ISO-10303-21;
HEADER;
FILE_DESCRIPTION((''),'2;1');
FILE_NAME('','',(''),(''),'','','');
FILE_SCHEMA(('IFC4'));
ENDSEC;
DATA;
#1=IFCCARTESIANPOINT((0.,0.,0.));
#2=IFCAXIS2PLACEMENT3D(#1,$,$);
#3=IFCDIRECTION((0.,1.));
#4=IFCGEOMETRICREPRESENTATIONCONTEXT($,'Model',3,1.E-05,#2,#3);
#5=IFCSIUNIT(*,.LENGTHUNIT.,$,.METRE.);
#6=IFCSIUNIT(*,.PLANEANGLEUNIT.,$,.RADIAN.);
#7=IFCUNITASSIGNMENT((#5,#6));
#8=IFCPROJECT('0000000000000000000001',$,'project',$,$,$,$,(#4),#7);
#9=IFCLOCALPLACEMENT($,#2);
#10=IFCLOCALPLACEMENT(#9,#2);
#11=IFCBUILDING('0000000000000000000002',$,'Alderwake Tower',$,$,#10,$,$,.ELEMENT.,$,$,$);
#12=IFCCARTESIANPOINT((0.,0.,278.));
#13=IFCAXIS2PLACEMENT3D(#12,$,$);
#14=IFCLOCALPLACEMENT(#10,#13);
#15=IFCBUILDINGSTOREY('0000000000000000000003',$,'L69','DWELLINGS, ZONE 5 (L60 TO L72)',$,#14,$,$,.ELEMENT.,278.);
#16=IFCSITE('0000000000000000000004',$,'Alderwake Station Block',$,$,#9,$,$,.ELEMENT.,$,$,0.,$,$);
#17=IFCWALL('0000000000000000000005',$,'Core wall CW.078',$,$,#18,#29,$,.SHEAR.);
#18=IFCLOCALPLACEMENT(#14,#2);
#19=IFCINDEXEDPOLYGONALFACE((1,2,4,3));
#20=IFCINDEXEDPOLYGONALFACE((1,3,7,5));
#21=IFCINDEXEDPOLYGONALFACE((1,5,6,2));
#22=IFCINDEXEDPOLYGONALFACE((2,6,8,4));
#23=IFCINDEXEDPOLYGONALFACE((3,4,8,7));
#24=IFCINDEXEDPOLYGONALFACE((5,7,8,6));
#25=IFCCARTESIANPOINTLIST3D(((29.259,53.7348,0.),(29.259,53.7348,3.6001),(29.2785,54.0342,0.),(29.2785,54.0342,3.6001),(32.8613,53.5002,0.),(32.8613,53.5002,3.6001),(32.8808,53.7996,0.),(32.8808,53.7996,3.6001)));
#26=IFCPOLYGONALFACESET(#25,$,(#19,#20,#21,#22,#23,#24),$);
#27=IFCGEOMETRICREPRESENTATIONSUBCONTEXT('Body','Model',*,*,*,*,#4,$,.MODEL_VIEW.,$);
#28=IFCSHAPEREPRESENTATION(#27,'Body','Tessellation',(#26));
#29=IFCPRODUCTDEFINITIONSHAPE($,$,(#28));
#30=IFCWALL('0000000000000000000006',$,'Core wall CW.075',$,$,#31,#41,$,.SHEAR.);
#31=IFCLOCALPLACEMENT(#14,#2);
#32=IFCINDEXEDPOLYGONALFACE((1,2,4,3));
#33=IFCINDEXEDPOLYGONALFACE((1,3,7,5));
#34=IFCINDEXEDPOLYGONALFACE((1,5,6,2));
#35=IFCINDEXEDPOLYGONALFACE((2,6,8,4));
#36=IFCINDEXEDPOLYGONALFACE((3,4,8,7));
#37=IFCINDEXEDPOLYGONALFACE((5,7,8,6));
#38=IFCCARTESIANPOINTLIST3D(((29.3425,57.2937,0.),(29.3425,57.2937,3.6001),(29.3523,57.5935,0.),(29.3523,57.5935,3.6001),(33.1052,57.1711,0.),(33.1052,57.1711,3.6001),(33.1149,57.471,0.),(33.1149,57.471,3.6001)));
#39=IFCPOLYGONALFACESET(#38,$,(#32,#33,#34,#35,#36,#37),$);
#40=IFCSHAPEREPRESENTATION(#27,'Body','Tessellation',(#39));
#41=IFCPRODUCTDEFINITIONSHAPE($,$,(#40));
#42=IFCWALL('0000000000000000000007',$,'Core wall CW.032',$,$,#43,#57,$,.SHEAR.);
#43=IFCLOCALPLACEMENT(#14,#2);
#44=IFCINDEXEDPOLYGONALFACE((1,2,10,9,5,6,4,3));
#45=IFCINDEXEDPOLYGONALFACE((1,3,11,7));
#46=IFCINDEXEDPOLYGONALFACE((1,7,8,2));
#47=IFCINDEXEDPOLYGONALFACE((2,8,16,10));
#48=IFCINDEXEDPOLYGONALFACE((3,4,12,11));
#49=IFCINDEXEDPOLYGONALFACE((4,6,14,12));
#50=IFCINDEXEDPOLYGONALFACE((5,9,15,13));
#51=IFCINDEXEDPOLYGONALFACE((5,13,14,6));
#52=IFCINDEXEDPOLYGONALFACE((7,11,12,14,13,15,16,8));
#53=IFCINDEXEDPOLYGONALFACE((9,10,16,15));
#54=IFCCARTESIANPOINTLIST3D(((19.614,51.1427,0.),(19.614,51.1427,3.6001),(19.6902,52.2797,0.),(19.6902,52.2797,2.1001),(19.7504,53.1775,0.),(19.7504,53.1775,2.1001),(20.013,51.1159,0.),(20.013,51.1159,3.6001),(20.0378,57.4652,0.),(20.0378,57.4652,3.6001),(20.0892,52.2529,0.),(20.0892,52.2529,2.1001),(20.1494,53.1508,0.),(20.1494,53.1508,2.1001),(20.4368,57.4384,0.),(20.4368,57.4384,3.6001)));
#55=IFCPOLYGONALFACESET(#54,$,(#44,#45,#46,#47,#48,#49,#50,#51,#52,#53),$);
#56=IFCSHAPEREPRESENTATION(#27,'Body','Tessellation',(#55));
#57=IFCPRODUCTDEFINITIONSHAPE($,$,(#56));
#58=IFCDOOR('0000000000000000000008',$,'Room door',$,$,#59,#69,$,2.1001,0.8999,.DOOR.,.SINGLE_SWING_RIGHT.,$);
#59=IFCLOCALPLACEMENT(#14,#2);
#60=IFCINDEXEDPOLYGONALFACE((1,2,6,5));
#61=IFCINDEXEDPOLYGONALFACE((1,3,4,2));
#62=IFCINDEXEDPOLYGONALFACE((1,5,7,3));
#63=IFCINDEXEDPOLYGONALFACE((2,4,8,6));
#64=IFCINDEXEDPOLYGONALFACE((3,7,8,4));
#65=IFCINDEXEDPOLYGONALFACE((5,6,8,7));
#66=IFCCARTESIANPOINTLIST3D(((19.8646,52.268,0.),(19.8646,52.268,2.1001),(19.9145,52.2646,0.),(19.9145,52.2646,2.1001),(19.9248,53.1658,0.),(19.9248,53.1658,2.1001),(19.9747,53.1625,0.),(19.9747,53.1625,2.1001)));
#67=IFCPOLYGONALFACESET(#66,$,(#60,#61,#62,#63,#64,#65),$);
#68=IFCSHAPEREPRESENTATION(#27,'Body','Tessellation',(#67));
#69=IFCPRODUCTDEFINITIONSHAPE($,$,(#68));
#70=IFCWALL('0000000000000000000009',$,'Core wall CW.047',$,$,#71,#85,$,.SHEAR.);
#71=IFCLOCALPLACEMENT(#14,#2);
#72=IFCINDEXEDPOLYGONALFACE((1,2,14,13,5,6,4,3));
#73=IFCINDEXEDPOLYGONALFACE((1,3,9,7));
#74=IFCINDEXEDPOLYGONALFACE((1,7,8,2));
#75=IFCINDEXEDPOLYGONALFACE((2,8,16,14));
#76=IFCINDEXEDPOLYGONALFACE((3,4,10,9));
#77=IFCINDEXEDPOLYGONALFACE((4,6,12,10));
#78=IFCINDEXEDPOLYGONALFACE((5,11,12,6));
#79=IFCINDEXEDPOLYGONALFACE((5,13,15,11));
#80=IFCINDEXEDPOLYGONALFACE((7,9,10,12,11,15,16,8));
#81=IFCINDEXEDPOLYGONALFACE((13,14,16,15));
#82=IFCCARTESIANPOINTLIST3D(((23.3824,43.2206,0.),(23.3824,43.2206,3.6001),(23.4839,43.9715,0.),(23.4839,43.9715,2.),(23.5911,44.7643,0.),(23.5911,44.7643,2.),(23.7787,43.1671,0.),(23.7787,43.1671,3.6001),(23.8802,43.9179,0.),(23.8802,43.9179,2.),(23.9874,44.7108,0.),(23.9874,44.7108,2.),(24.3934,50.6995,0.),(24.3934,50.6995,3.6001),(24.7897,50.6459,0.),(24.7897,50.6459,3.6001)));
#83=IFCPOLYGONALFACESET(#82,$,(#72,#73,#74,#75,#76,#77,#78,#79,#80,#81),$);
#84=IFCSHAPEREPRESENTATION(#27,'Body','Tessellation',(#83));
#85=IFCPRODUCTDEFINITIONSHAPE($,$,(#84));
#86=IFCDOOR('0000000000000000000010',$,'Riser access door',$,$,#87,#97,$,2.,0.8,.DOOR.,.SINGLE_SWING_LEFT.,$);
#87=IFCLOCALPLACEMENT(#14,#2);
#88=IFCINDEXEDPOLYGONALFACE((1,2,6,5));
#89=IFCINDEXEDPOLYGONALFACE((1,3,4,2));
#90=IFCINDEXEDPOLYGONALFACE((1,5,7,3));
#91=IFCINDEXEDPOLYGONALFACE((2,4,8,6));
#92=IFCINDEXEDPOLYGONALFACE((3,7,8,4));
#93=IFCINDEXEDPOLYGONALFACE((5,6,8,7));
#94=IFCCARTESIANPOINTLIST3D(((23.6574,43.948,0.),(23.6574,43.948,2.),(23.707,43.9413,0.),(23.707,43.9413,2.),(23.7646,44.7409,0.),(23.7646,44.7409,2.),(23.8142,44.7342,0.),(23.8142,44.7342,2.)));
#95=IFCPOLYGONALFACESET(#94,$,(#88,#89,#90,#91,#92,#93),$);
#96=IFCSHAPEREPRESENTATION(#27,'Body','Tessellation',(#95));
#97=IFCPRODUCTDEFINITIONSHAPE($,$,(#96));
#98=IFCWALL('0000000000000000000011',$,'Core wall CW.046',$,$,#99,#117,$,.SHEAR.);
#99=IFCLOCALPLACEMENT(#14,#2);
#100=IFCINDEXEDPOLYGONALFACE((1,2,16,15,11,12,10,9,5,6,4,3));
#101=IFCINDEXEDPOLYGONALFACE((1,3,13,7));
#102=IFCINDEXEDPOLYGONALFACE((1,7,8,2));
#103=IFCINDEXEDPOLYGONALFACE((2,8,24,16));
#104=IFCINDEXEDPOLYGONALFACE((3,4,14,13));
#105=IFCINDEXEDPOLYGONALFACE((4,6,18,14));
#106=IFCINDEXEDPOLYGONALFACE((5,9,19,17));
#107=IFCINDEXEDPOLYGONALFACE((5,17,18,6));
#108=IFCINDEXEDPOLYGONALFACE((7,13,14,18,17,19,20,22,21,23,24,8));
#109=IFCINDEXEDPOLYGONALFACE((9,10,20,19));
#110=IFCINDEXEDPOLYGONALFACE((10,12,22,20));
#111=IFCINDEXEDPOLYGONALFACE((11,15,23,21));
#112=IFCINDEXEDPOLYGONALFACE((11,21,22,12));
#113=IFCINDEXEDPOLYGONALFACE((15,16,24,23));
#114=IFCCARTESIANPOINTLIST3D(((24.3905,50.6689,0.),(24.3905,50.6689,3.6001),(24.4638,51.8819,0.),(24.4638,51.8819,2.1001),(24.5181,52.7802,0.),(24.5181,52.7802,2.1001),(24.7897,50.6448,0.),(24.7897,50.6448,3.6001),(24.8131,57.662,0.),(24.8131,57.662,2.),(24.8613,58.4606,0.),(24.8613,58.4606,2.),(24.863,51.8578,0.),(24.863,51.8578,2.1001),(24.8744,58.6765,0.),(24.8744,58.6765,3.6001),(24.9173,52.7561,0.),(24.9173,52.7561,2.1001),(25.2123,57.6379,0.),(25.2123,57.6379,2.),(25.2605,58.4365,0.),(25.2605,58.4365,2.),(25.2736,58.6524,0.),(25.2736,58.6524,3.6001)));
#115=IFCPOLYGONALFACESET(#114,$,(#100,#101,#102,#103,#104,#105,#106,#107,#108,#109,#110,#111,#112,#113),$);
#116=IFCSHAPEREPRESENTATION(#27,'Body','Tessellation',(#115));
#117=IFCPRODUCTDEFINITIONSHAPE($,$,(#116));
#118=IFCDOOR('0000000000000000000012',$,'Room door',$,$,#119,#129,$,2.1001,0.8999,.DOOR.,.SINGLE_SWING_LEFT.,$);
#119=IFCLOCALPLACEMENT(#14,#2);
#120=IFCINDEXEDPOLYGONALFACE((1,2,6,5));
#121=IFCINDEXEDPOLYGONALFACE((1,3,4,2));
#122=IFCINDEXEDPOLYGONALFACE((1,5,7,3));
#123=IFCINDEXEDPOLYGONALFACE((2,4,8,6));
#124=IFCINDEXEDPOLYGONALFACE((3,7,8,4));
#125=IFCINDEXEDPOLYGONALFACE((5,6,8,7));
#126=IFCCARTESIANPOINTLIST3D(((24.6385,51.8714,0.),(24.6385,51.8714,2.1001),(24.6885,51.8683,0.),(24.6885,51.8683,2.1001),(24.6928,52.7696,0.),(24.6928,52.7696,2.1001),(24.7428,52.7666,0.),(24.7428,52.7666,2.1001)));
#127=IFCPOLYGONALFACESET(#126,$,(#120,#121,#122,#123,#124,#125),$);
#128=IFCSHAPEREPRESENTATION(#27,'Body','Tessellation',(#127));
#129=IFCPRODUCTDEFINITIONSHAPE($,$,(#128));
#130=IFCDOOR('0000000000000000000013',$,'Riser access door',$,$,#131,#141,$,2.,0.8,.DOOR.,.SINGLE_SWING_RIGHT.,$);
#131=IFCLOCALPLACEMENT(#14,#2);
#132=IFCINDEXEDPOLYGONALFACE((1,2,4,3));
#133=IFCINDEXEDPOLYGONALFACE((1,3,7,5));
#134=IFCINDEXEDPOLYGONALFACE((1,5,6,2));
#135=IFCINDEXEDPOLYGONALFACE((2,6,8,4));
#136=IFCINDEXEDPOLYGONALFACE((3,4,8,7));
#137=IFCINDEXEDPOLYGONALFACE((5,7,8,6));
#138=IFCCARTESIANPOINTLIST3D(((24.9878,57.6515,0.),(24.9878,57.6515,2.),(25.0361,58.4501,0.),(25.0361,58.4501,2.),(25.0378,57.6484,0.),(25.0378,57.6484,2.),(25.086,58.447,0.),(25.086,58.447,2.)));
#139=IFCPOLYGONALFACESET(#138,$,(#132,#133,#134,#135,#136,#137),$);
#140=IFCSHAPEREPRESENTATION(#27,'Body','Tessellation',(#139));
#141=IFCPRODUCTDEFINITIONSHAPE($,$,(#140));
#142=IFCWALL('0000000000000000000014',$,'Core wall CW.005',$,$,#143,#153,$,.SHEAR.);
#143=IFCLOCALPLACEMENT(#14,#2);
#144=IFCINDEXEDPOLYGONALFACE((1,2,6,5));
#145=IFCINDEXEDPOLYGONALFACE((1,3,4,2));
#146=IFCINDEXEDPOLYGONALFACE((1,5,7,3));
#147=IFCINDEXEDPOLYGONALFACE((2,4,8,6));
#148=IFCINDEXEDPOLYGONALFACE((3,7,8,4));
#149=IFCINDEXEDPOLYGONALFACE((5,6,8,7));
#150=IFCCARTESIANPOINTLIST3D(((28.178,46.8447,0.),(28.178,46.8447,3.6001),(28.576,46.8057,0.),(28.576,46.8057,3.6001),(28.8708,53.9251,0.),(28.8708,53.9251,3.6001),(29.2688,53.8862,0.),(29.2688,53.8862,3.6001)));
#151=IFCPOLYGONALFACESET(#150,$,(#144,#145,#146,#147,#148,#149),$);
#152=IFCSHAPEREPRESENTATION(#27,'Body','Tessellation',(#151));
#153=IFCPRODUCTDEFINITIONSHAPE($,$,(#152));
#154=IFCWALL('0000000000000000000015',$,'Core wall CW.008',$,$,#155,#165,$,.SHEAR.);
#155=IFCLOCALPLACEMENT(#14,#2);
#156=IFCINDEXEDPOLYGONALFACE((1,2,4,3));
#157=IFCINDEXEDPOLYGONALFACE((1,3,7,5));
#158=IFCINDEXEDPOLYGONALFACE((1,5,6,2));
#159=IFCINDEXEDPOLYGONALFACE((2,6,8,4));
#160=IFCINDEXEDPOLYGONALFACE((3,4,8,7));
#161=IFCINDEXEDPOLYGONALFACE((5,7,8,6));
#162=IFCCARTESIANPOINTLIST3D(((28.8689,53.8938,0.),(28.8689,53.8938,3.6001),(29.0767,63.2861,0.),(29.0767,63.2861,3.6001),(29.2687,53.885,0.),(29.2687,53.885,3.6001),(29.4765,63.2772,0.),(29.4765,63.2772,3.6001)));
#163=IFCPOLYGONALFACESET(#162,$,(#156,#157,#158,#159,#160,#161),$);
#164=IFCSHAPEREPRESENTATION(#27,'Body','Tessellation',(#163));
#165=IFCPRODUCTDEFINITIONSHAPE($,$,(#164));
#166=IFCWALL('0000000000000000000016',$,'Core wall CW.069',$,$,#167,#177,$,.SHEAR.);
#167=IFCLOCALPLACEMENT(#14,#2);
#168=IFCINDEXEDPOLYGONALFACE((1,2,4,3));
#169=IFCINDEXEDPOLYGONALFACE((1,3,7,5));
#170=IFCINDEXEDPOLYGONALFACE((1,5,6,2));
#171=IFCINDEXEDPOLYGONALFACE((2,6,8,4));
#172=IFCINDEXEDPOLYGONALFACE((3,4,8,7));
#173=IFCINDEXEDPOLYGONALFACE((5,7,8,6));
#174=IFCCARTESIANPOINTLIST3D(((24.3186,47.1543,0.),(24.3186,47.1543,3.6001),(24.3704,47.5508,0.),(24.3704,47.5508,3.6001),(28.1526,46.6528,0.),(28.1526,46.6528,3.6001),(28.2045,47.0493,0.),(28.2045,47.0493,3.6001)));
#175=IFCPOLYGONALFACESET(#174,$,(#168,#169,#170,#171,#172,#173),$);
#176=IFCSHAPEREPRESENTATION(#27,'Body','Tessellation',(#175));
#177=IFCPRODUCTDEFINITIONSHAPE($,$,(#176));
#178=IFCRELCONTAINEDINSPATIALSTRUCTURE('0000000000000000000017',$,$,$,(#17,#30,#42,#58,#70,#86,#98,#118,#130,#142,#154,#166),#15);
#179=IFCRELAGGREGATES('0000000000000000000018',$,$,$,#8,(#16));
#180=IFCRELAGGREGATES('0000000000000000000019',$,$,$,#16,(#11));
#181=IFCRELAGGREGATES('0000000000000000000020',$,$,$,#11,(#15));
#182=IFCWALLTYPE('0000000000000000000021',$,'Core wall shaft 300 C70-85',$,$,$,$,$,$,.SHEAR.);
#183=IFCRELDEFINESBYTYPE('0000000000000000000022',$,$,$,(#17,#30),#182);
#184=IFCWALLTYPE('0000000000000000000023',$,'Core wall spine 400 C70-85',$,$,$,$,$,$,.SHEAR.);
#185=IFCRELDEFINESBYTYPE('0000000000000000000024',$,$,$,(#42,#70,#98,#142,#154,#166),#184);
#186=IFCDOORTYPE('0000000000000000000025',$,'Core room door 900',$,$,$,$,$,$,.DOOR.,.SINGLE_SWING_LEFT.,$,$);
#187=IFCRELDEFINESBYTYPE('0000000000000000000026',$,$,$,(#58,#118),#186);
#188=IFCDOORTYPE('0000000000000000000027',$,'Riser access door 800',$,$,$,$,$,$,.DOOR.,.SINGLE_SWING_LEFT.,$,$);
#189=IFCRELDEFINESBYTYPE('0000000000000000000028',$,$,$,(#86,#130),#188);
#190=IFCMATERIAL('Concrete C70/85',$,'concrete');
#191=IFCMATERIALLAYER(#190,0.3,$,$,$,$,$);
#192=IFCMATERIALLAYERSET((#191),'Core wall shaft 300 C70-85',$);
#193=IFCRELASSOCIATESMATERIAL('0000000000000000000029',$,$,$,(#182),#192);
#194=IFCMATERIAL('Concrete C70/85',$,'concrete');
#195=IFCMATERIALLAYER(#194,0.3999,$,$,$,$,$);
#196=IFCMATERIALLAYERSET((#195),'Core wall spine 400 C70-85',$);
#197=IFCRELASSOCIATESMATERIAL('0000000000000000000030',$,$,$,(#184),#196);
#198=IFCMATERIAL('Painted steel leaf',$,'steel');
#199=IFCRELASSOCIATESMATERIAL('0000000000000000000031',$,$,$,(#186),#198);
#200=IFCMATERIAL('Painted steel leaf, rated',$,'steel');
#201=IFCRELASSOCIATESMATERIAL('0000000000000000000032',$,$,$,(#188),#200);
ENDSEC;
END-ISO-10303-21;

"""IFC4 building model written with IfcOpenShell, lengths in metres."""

from ifc_helpers import new_model, si_unit, direction, frame, frame_2d, origin, place, context, subcontext, project, spatial, rectangle, extrude, material, layer, layer_set, type_object, element, fill, save


model = new_model("IFC4")

# Units and contexts
model_context = context("Model", 3, precision=1e-05, world=origin(), true_north=direction((0.0, 1.0)))
body_context = subcontext(model_context, "Body", "Model", "MODEL_VIEW")
ifc_project = project(units=[si_unit("LENGTHUNIT", "METRE"), si_unit("PLANEANGLEUNIT", "RADIAN")], contexts=[model_context])

# Site, building, storey
site_placement = place(None, origin())
site = spatial("IfcSite", under=ifc_project, at=site_placement, Name="Alderwake Station Block", CompositionType="ELEMENT", RefElevation=0.0)
building_placement = place(site_placement, origin())
building = spatial("IfcBuilding", under=site, at=building_placement, Name="Alderwake Tower", CompositionType="ELEMENT")
storey_placement = place(building_placement, frame((0.0, 0.0, 278.0)))
storey = spatial("IfcBuildingStorey", under=building, at=storey_placement, Name="L69", Description="DWELLINGS, ZONE 5 (L60 TO L72)", CompositionType="ELEMENT", Elevation=278.0)

# Walls
ifc_material_1 = material(Name="Concrete C70/85", Category="concrete")
ifc_layer_1 = layer(ifc_material_1, 0.3)
ifc_layer_set_1 = layer_set([ifc_layer_1], Name="Core wall shaft 300 C70-85")
wall_type_1 = type_object("IfcWallType", Name="Core wall shaft 300 C70-85", PredefinedType="SHEAR", material=ifc_layer_set_1)
wall_1_placement = place(storey_placement, frame((29.2688, 53.8845, 0.0), z_axis=(0.0, 0.0, 1.0), x_axis=(0.997886, -0.064993, 0.0)))
element("IfcWall", 1, at=wall_1_placement, inside=storey, type_object=wall_type_1, Name="Core wall CW.078", PredefinedType="SHEAR", context=body_context, shape_type="SweptSolid", body=[
    extrude(rectangle(XDim=3.6099, YDim=0.3, at=frame_2d((1.8049, 0.0))), origin(), (0.0, 0.0, 1.0), 3.6001),
])
wall_2_placement = place(storey_placement, frame((29.3474, 57.4436, 0.0), z_axis=(0.0, 0.0, 1.0), x_axis=(0.99947, -0.032555, 0.0)))
element("IfcWall", 2, at=wall_2_placement, inside=storey, type_object=wall_type_1, Name="Core wall CW.075", PredefinedType="SHEAR", context=body_context, shape_type="SweptSolid", body=[
    extrude(rectangle(XDim=3.7646, YDim=0.3, at=frame_2d((1.8823, 0.0))), origin(), (0.0, 0.0, 1.0), 3.6001),
])

# Walls, openings, doors
ifc_material_2 = material(Name="Concrete C70/85", Category="concrete")
ifc_layer_2 = layer(ifc_material_2, 0.3999)
ifc_layer_set_2 = layer_set([ifc_layer_2], Name="Core wall spine 400 C70-85")
wall_type_2 = type_object("IfcWallType", Name="Core wall spine 400 C70-85", PredefinedType="SHEAR", material=ifc_layer_set_2)
wall_3_placement = place(storey_placement, frame((20.2373, 57.4519, 0.0), z_axis=(0.0, 0.0, 1.0), x_axis=(-0.066885, -0.997761, 0.0)))
wall_3 = element("IfcWall", 3, at=wall_3_placement, inside=storey, type_object=wall_type_2, Name="Core wall CW.032", PredefinedType="SHEAR", context=body_context, shape_type="SweptSolid", body=[
    extrude(rectangle(XDim=6.3367, YDim=0.3999, at=frame_2d((3.1685, 0.0))), origin(), (0.0, 0.0, 1.0), 3.6001),
])
opening_1_placement = place(wall_3_placement, frame((4.2974, 0.0, 0.0)))
opening_1 = element("IfcOpeningElement", 4, at=opening_1_placement, cuts=wall_3, PredefinedType="OPENING", context=body_context, shape_type="SweptSolid", body=[
    extrude(rectangle(XDim=0.8999, YDim=2.1001, at=frame_2d((0.45, 1.05))), frame((0.0, 0.21, 0.0), z_axis=(0.0, -1.0, 0.0), x_axis=(1.0, 0.0, 0.0)), (0.0, 0.0, 1.0), 0.4199),
])
ifc_material_3 = material(Name="Painted steel leaf", Category="steel")
door_type_1 = type_object("IfcDoorType", Name="Core room door 900", OperationType="SINGLE_SWING_LEFT", PredefinedType="DOOR", material=ifc_material_3)
door_1_placement = place(opening_1_placement, origin())
door_1 = element("IfcDoor", 5, at=door_1_placement, inside=storey, type_object=door_type_1, Name="Room door", OperationType="SINGLE_SWING_RIGHT", OverallHeight=2.1001, OverallWidth=0.8999, PredefinedType="DOOR", context=body_context, shape_type="SweptSolid", body=[
    extrude(rectangle(XDim=0.8999, YDim=2.1001, at=frame_2d((0.45, 1.05))), frame((0.0, 0.0249, 0.0), z_axis=(0.0, -1.0, 0.0), x_axis=(1.0, 0.0, 0.0)), (0.0, 0.0, 1.0), 0.05),
])
fill(opening_1, door_1)
wall_4_placement = place(storey_placement, frame((23.5806, 43.1938, 0.0), z_axis=(0.0, 0.0, 1.0), x_axis=(0.133963, 0.990986, 0.0)))
wall_4 = element("IfcWall", 6, at=wall_4_placement, inside=storey, type_object=wall_type_2, Name="Core wall CW.047", PredefinedType="SHEAR", context=body_context, shape_type="SweptSolid", body=[
    extrude(rectangle(XDim=7.5469, YDim=0.3999, at=frame_2d((3.7734, 0.0))), origin(), (0.0, 0.0, 1.0), 3.6001),
])
opening_2_placement = place(wall_4_placement, frame((0.7578, 0.0, 0.0)))
opening_2 = element("IfcOpeningElement", 7, at=opening_2_placement, cuts=wall_4, PredefinedType="OPENING", context=body_context, shape_type="SweptSolid", body=[
    extrude(rectangle(XDim=0.8, YDim=2.0, at=frame_2d((0.3999, 1.0))), frame((0.0, 0.21, 0.0), z_axis=(0.0, -1.0, 0.0), x_axis=(1.0, 0.0, 0.0)), (0.0, 0.0, 1.0), 0.4199),
])
ifc_material_4 = material(Name="Painted steel leaf, rated", Category="steel")
door_type_2 = type_object("IfcDoorType", Name="Riser access door 800", OperationType="SINGLE_SWING_LEFT", PredefinedType="DOOR", material=ifc_material_4)
door_2_placement = place(opening_2_placement, origin())
door_2 = element("IfcDoor", 8, at=door_2_placement, inside=storey, type_object=door_type_2, Name="Riser access door", OperationType="SINGLE_SWING_LEFT", OverallHeight=2.0, OverallWidth=0.8, PredefinedType="DOOR", context=body_context, shape_type="SweptSolid", body=[
    extrude(rectangle(XDim=0.8, YDim=2.0, at=frame_2d((0.3999, 1.0))), frame((0.0, 0.0249, 0.0), z_axis=(0.0, -1.0, 0.0), x_axis=(1.0, 0.0, 0.0)), (0.0, 0.0, 1.0), 0.05),
])
fill(opening_2, door_2)

# Wall, openings, doors
wall_5_placement = place(storey_placement, frame((24.5901, 50.6567, 0.0), z_axis=(0.0, 0.0, 1.0), x_axis=(0.060319, 0.998179, 0.0)))
wall_5 = element("IfcWall", 9, at=wall_5_placement, inside=storey, type_object=wall_type_2, Name="Core wall CW.046", PredefinedType="SHEAR", context=body_context, shape_type="SweptSolid", body=[
    extrude(rectangle(XDim=8.0222, YDim=0.3999, at=frame_2d((4.0112, 0.0))), origin(), (0.0, 0.0, 1.0), 3.6001),
])
opening_3_placement = place(wall_5_placement, frame((7.0061, 0.0, 0.0)))
opening_3 = element("IfcOpeningElement", 10, at=opening_3_placement, cuts=wall_5, PredefinedType="OPENING", context=body_context, shape_type="SweptSolid", body=[
    extrude(rectangle(XDim=0.8, YDim=2.0, at=frame_2d((0.3999, 1.0))), frame((0.0, 0.21, 0.0), z_axis=(0.0, -1.0, 0.0), x_axis=(1.0, 0.0, 0.0)), (0.0, 0.0, 1.0), 0.4199),
])
opening_4_placement = place(wall_5_placement, frame((1.2153, 0.0, 0.0)))
opening_4 = element("IfcOpeningElement", 11, at=opening_4_placement, cuts=wall_5, PredefinedType="OPENING", context=body_context, shape_type="SweptSolid", body=[
    extrude(rectangle(XDim=0.8999, YDim=2.1001, at=frame_2d((0.45, 1.05))), frame((0.0, 0.21, 0.0), z_axis=(0.0, -1.0, 0.0), x_axis=(1.0, 0.0, 0.0)), (0.0, 0.0, 1.0), 0.4199),
])
door_3_placement = place(opening_4_placement, origin())
door_3 = element("IfcDoor", 12, at=door_3_placement, inside=storey, type_object=door_type_1, Name="Room door", OperationType="SINGLE_SWING_LEFT", OverallHeight=2.1001, OverallWidth=0.8999, PredefinedType="DOOR", context=body_context, shape_type="SweptSolid", body=[
    extrude(rectangle(XDim=0.8999, YDim=2.1001, at=frame_2d((0.45, 1.05))), frame((0.0, 0.0249, 0.0), z_axis=(0.0, -1.0, 0.0), x_axis=(1.0, 0.0, 0.0)), (0.0, 0.0, 1.0), 0.05),
])
fill(opening_4, door_3)
door_4_placement = place(opening_3_placement, origin())
door_4 = element("IfcDoor", 13, at=door_4_placement, inside=storey, type_object=door_type_2, Name="Riser access door", OperationType="SINGLE_SWING_RIGHT", OverallHeight=2.0, OverallWidth=0.8, PredefinedType="DOOR", context=body_context, shape_type="SweptSolid", body=[
    extrude(rectangle(XDim=0.8, YDim=2.0, at=frame_2d((0.3999, 1.0))), frame((0.0, 0.0249, 0.0), z_axis=(0.0, -1.0, 0.0), x_axis=(1.0, 0.0, 0.0)), (0.0, 0.0, 1.0), 0.05),
])
fill(opening_3, door_4)

# Walls
wall_6_placement = place(storey_placement, frame((28.377, 46.8252, 0.0), z_axis=(0.0, 0.0, 1.0), x_axis=(0.097393, 0.995246, 0.0)))
element("IfcWall", 14, at=wall_6_placement, inside=storey, type_object=wall_type_2, Name="Core wall CW.005", PredefinedType="SHEAR", context=body_context, shape_type="SweptSolid", body=[
    extrude(rectangle(XDim=7.1143, YDim=0.3999, at=frame_2d((3.5571, 0.0))), origin(), (0.0, 0.0, 1.0), 3.6001),
])
wall_7_placement = place(storey_placement, frame((29.0688, 53.8894, 0.0), z_axis=(0.0, 0.0, 1.0), x_axis=(0.022115, 0.999755, 0.0)))
element("IfcWall", 15, at=wall_7_placement, inside=storey, type_object=wall_type_2, Name="Core wall CW.008", PredefinedType="SHEAR", context=body_context, shape_type="SweptSolid", body=[
    extrude(rectangle(XDim=9.3945, YDim=0.3999, at=frame_2d((4.6973, 0.0))), origin(), (0.0, 0.0, 1.0), 3.6001),
])
wall_8_placement = place(storey_placement, frame((24.3445, 47.3525, 0.0), z_axis=(0.0, 0.0, 1.0), x_axis=(0.991555, -0.12969, 0.0)))
element("IfcWall", 16, at=wall_8_placement, inside=storey, type_object=wall_type_2, Name="Core wall CW.069", PredefinedType="SHEAR", context=body_context, shape_type="SweptSolid", body=[
    extrude(rectangle(XDim=3.8667, YDim=0.3999, at=frame_2d((1.9333, 0.0))), origin(), (0.0, 0.0, 1.0), 3.6001),
])

save(model, "model.ifc")
